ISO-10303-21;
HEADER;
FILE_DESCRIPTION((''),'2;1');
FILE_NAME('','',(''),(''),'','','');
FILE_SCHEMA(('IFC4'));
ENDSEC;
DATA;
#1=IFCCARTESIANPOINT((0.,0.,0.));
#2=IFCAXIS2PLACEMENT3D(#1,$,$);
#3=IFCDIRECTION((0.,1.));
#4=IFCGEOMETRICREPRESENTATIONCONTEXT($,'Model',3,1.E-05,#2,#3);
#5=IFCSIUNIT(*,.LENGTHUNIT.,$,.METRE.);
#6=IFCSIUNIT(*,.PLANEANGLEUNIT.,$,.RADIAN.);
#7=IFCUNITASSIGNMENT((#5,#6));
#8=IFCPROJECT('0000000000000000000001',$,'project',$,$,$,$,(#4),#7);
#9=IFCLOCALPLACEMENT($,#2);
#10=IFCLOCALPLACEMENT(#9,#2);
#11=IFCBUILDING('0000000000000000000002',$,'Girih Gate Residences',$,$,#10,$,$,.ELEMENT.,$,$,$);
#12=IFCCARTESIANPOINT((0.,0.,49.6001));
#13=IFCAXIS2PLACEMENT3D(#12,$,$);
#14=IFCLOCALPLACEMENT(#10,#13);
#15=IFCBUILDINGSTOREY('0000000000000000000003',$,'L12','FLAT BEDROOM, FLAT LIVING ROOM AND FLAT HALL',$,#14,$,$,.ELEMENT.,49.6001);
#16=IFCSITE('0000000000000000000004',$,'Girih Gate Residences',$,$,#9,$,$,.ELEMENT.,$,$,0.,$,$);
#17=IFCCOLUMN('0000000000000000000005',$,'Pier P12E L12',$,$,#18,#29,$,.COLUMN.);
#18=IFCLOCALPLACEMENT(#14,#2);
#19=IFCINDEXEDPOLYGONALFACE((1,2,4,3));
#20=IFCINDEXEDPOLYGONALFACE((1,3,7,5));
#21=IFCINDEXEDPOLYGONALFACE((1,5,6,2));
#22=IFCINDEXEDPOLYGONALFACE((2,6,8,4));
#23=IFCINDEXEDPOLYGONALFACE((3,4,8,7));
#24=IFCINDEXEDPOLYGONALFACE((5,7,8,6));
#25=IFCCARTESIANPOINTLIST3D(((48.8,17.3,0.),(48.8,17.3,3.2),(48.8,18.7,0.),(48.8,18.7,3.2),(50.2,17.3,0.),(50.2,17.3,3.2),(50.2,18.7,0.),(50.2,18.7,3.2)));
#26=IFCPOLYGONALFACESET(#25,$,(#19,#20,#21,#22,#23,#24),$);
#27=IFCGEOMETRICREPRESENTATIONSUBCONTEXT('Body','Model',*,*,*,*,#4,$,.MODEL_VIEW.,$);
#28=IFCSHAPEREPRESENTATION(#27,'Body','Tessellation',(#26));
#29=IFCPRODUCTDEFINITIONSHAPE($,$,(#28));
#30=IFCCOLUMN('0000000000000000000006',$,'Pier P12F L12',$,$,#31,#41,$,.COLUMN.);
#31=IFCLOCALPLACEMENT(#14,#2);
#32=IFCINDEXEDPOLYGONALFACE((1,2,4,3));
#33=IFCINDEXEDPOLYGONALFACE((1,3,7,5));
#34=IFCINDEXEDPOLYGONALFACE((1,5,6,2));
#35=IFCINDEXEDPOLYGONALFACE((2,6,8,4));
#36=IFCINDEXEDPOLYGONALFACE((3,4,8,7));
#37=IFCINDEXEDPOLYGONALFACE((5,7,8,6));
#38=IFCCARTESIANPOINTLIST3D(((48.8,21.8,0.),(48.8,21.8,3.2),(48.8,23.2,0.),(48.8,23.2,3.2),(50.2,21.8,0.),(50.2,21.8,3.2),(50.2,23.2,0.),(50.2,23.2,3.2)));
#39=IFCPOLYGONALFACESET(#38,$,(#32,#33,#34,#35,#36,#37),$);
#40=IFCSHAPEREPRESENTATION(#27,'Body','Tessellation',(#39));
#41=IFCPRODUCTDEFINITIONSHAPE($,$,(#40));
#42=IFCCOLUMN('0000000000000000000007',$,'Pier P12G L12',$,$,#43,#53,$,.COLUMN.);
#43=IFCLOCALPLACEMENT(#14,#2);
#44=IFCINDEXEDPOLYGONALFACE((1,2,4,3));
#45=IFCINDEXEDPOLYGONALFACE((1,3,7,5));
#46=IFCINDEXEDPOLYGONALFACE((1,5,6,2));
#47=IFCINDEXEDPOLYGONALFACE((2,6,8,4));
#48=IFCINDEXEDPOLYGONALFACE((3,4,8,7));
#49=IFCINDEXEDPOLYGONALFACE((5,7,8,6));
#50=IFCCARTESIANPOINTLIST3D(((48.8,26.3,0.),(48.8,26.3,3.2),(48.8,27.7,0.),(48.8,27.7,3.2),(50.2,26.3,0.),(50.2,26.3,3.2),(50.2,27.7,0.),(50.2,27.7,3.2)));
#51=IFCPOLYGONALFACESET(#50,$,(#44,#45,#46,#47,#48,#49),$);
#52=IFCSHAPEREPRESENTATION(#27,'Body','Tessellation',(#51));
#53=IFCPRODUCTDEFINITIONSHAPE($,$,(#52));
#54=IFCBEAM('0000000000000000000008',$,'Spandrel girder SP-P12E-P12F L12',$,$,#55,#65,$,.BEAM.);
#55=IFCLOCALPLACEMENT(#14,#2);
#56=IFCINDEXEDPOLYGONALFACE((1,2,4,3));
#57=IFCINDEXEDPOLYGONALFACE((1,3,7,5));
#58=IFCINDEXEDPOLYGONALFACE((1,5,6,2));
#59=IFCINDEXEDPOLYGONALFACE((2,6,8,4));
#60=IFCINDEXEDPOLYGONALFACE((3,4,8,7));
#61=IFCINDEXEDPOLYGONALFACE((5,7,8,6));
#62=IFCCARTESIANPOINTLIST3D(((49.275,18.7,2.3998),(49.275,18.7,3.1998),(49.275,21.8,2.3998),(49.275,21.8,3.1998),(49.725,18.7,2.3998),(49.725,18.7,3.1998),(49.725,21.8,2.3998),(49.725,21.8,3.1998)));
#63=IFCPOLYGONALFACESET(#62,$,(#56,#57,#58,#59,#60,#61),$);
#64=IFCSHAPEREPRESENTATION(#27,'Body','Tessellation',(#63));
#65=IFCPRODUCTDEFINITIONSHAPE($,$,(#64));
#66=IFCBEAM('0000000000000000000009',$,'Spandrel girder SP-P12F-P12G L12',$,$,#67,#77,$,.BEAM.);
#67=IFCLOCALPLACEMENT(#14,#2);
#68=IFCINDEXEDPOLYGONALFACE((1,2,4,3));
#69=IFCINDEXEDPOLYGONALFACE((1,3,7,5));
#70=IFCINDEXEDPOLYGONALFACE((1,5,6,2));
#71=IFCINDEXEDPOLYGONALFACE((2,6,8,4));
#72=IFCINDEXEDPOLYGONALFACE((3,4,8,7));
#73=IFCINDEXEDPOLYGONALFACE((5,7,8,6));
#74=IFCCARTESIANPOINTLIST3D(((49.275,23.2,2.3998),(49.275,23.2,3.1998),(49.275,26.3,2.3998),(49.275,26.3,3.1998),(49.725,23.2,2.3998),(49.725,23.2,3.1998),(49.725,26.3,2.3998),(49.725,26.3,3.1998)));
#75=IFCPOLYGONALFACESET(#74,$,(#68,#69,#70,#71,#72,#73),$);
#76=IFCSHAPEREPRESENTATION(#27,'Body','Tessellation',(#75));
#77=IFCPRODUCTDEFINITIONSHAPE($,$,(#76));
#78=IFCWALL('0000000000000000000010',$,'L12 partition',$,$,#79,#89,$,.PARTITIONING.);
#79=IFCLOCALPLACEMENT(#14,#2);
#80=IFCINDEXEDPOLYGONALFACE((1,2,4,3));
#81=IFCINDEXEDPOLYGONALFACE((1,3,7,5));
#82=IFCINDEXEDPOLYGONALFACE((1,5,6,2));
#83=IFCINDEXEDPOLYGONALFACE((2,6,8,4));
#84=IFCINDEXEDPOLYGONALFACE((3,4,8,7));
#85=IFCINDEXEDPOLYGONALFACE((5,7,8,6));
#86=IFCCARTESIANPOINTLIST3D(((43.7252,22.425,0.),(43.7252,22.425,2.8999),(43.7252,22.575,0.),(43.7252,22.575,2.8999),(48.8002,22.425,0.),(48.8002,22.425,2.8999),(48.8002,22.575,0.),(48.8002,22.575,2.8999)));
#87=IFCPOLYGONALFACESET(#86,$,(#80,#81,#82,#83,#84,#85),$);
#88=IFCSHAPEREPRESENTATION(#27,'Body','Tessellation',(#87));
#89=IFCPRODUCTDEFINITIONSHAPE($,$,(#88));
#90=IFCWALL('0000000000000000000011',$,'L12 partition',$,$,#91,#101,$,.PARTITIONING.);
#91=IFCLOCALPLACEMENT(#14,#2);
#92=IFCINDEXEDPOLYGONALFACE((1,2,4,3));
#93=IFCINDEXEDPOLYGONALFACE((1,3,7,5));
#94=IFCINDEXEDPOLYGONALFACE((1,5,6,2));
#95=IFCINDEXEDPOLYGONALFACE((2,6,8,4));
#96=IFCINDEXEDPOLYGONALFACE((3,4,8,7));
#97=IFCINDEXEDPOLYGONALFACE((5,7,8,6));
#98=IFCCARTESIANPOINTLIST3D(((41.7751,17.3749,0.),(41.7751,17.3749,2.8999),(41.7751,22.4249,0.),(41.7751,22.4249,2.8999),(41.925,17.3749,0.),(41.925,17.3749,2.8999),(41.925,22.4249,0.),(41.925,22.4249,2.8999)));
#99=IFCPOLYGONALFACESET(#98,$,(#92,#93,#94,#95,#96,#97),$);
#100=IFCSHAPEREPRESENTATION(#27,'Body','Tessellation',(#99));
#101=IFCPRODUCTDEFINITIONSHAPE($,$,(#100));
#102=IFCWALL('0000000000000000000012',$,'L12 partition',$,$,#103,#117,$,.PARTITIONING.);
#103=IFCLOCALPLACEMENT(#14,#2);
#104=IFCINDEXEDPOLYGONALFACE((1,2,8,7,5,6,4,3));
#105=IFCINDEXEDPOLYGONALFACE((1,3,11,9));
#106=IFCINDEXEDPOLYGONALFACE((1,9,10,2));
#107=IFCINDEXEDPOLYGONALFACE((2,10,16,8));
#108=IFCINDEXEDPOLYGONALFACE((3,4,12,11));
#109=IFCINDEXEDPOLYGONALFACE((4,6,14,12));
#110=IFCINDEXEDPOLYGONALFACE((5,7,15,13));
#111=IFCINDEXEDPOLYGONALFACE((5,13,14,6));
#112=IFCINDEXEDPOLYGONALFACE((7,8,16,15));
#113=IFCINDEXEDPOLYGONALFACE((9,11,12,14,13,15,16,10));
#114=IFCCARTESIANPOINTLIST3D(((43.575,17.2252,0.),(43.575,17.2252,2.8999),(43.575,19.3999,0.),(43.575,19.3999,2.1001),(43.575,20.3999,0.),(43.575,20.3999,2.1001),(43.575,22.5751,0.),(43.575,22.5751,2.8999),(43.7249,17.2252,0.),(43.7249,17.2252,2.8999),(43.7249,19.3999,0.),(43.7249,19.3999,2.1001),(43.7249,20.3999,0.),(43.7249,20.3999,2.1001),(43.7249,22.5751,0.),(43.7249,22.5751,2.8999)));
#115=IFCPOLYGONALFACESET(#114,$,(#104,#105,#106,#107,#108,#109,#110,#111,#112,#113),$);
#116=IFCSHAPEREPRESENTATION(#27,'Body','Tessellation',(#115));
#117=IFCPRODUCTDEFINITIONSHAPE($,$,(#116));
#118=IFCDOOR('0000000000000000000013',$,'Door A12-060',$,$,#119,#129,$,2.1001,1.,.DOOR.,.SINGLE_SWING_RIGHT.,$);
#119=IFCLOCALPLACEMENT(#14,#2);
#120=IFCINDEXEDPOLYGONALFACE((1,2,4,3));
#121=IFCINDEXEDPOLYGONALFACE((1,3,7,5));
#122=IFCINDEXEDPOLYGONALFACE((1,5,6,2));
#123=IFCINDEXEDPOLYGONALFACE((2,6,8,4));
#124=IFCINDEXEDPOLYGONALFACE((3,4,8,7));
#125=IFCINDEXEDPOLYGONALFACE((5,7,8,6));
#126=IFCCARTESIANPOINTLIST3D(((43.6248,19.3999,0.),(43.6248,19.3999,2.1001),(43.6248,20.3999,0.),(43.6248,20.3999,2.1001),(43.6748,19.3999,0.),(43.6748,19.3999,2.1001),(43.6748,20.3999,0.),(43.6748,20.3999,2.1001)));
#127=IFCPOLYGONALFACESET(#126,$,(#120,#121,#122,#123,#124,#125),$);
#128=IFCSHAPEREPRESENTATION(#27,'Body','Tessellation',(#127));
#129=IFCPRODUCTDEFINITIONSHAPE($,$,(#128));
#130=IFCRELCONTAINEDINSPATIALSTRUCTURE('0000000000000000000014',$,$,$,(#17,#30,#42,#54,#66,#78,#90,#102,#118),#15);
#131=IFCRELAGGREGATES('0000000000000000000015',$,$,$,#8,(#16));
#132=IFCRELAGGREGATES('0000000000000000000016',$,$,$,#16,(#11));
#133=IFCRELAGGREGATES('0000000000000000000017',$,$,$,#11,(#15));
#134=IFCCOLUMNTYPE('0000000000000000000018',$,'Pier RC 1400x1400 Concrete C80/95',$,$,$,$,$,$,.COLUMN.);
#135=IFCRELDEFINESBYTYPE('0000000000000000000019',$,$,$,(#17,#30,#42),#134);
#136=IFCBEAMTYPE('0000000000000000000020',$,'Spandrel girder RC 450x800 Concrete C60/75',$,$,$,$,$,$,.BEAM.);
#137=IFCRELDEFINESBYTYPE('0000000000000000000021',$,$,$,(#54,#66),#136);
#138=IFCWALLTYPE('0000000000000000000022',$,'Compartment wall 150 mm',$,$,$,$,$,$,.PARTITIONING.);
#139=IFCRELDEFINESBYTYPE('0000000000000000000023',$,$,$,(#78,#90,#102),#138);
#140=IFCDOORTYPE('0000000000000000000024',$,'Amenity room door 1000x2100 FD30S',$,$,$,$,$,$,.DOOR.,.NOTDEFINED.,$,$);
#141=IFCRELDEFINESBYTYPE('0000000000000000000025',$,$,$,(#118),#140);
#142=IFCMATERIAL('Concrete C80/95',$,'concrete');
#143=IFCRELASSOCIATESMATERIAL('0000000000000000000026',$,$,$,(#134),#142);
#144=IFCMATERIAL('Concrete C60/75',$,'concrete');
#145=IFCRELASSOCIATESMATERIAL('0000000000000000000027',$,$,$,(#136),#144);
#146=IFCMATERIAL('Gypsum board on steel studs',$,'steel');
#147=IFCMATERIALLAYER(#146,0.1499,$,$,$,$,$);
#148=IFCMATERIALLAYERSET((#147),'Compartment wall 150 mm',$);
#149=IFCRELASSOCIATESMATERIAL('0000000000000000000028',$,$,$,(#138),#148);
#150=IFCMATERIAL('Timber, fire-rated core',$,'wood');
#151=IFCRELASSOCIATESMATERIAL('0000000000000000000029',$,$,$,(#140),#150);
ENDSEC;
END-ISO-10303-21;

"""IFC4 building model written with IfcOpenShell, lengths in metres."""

from ifc_helpers import new_model, si_unit, direction, frame, frame_2d, origin, origin_2d, place, context, subcontext, project, spatial, rectangle, extrude, material, layer, layer_set, material_profile, profile_set, type_object, element, fill, save


model = new_model("IFC4")

# Units and contexts
model_context = context("Model", 3, precision=1e-05, world=origin(), true_north=direction((0.0, 1.0)))
body_context = subcontext(model_context, "Body", "Model", "MODEL_VIEW")
ifc_project = project(units=[si_unit("LENGTHUNIT", "METRE"), si_unit("PLANEANGLEUNIT", "RADIAN")], contexts=[model_context])

# Site, building, storey
site_placement = place(None, origin())
site = spatial("IfcSite", under=ifc_project, at=site_placement, Name="Girih Gate Residences", CompositionType="ELEMENT", RefElevation=0.0)
building_placement = place(site_placement, origin())
building = spatial("IfcBuilding", under=site, at=building_placement, Name="Girih Gate Residences", CompositionType="ELEMENT")
storey_placement = place(building_placement, frame((0.0, 0.0, 49.6001)))
storey = spatial("IfcBuildingStorey", under=building, at=storey_placement, Name="L12", Description="FLAT BEDROOM, FLAT LIVING ROOM AND FLAT HALL", CompositionType="ELEMENT", Elevation=49.6001)

# Columns
ifc_material_1 = material(Name="Concrete C80/95", Category="concrete")
ifc_material_profile_1 = material_profile(ifc_material_1, rectangle(XDim=1.3999, YDim=1.3999, at=origin_2d()))
ifc_profile_set_1 = profile_set([ifc_material_profile_1], Name="Concrete C80/95")
column_type = type_object("IfcColumnType", Name="Pier RC 1400x1400 Concrete C80/95", PredefinedType="COLUMN", material=ifc_profile_set_1)
for number, where, z_axis, x_axis, name in (
    (1, (49.5, 18.0, 0.0), (0.0, 0.0, 1.0), (1.0, 0.0, 0.0), "Pier P12E L12"),
    (2, (49.5, 22.5, 0.0), (0.0, 0.0, 1.0), (1.0, 0.0, 0.0), "Pier P12F L12"),
    (3, (49.5, 27.0, 0.0), (0.0, 0.0, 1.0), (1.0, 0.0, 0.0), "Pier P12G L12"),
):
    element("IfcColumn", number, at=place(storey_placement, frame(where, z_axis=z_axis, x_axis=x_axis)), inside=storey, type_object=column_type, Name=name, PredefinedType="COLUMN", context=body_context, shape_type="SweptSolid", body=[
        extrude(rectangle(XDim=1.3999, YDim=1.3999, at=origin_2d()), origin(), (0.0, 0.0, 1.0), 3.2),
    ])

# Beams
ifc_material_2 = material(Name="Concrete C60/75", Category="concrete")
ifc_material_profile_2 = material_profile(ifc_material_2, rectangle(XDim=0.45, YDim=0.8, at=origin_2d()))
ifc_profile_set_2 = profile_set([ifc_material_profile_2], Name="Concrete C60/75")
beam_type = type_object("IfcBeamType", Name="Spandrel girder RC 450x800 Concrete C60/75", PredefinedType="BEAM", material=ifc_profile_set_2)
for number, where, z_axis, x_axis, name in (
    (4, (49.5, 18.7, 2.7998), (0.0, 1.0, 0.0), (-1.0, 0.0, 0.0), "Spandrel girder SP-P12E-P12F L12"),
    (5, (49.5, 23.2, 2.7998), (0.0, 1.0, 0.0), (-1.0, 0.0, 0.0), "Spandrel girder SP-P12F-P12G L12"),
):
    element("IfcBeam", number, at=place(storey_placement, frame(where, z_axis=z_axis, x_axis=x_axis)), inside=storey, type_object=beam_type, Name=name, PredefinedType="BEAM", context=body_context, shape_type="SweptSolid", body=[
        extrude(rectangle(XDim=0.45, YDim=0.8, at=origin_2d()), origin(), (0.0, 0.0, 1.0), 3.1001),
    ])

# Walls
ifc_material_3 = material(Name="Gypsum board on steel studs", Category="steel")
ifc_layer_1 = layer(ifc_material_3, 0.1499)
ifc_layer_set_1 = layer_set([ifc_layer_1], Name="Compartment wall 150 mm")
wall_type_1 = type_object("IfcWallType", Name="Compartment wall 150 mm", PredefinedType="PARTITIONING", material=ifc_layer_set_1)
wall_1_placement = place(storey_placement, frame((43.7251, 22.5, 0.0), z_axis=(0.0, 0.0, 1.0), x_axis=(1.0, 0.0, 0.0)))
element("IfcWall", 6, at=wall_1_placement, inside=storey, type_object=wall_type_1, Name="L12 partition", PredefinedType="PARTITIONING", context=body_context, shape_type="SweptSolid", body=[
    extrude(rectangle(XDim=5.075, YDim=0.1499, at=frame_2d((2.5376, 0.0))), origin(), (0.0, 0.0, 1.0), 2.8999),
])
wall_2_placement = place(storey_placement, frame((41.8501, 17.375, 0.0), z_axis=(0.0, 0.0, 1.0), x_axis=(0.0, 1.0, 0.0)))
element("IfcWall", 7, at=wall_2_placement, inside=storey, type_object=wall_type_1, Name="L12 partition", PredefinedType="PARTITIONING", context=body_context, shape_type="SweptSolid", body=[
    extrude(rectangle(XDim=5.05, YDim=0.1499, at=frame_2d((2.5249, 0.0))), origin(), (0.0, 0.0, 1.0), 2.8999),
])

# Wall, opening, door
wall_3_placement = place(storey_placement, frame((43.6499, 22.575, 0.0), z_axis=(0.0, 0.0, 1.0), x_axis=(0.0, -1.0, 0.0)))
wall_3 = element("IfcWall", 8, at=wall_3_placement, inside=storey, type_object=wall_type_1, Name="L12 partition", PredefinedType="PARTITIONING", context=body_context, shape_type="SweptSolid", body=[
    extrude(rectangle(XDim=5.3499, YDim=0.1499, at=frame_2d((2.6748, 0.0))), origin(), (0.0, 0.0, 1.0), 2.8999),
])
opening_1_placement = place(wall_3_placement, frame((2.175, 0.0, 0.0)))
opening_1 = element("IfcOpeningElement", 9, at=opening_1_placement, cuts=wall_3, PredefinedType="OPENING", context=body_context, shape_type="SweptSolid", body=[
    extrude(rectangle(XDim=1.0, YDim=2.1001, at=frame_2d((0.5, 1.05))), frame((0.0, 0.085, 0.0), z_axis=(0.0, -1.0, 0.0), x_axis=(1.0, 0.0, 0.0)), (0.0, 0.0, 1.0), 0.1699),
])
ifc_material_4 = material(Name="Timber, fire-rated core", Category="wood")
door_type_1 = type_object("IfcDoorType", Name="Amenity room door 1000x2100 FD30S", OperationType="NOTDEFINED", PredefinedType="DOOR", material=ifc_material_4)
door_1_placement = place(opening_1_placement, origin())
door_1 = element("IfcDoor", 10, at=door_1_placement, inside=storey, type_object=door_type_1, Name="Door A12-060", OperationType="SINGLE_SWING_RIGHT", OverallHeight=2.1001, OverallWidth=1.0, PredefinedType="DOOR", context=body_context, shape_type="SweptSolid", body=[
    extrude(rectangle(XDim=1.0, YDim=2.1001, at=frame_2d((0.5, 1.05))), frame((0.0, 0.0249, 0.0), z_axis=(0.0, -1.0, 0.0), x_axis=(1.0, 0.0, 0.0)), (0.0, 0.0, 1.0), 0.05),
])
fill(opening_1, door_1)

save(model, "model.ifc")
